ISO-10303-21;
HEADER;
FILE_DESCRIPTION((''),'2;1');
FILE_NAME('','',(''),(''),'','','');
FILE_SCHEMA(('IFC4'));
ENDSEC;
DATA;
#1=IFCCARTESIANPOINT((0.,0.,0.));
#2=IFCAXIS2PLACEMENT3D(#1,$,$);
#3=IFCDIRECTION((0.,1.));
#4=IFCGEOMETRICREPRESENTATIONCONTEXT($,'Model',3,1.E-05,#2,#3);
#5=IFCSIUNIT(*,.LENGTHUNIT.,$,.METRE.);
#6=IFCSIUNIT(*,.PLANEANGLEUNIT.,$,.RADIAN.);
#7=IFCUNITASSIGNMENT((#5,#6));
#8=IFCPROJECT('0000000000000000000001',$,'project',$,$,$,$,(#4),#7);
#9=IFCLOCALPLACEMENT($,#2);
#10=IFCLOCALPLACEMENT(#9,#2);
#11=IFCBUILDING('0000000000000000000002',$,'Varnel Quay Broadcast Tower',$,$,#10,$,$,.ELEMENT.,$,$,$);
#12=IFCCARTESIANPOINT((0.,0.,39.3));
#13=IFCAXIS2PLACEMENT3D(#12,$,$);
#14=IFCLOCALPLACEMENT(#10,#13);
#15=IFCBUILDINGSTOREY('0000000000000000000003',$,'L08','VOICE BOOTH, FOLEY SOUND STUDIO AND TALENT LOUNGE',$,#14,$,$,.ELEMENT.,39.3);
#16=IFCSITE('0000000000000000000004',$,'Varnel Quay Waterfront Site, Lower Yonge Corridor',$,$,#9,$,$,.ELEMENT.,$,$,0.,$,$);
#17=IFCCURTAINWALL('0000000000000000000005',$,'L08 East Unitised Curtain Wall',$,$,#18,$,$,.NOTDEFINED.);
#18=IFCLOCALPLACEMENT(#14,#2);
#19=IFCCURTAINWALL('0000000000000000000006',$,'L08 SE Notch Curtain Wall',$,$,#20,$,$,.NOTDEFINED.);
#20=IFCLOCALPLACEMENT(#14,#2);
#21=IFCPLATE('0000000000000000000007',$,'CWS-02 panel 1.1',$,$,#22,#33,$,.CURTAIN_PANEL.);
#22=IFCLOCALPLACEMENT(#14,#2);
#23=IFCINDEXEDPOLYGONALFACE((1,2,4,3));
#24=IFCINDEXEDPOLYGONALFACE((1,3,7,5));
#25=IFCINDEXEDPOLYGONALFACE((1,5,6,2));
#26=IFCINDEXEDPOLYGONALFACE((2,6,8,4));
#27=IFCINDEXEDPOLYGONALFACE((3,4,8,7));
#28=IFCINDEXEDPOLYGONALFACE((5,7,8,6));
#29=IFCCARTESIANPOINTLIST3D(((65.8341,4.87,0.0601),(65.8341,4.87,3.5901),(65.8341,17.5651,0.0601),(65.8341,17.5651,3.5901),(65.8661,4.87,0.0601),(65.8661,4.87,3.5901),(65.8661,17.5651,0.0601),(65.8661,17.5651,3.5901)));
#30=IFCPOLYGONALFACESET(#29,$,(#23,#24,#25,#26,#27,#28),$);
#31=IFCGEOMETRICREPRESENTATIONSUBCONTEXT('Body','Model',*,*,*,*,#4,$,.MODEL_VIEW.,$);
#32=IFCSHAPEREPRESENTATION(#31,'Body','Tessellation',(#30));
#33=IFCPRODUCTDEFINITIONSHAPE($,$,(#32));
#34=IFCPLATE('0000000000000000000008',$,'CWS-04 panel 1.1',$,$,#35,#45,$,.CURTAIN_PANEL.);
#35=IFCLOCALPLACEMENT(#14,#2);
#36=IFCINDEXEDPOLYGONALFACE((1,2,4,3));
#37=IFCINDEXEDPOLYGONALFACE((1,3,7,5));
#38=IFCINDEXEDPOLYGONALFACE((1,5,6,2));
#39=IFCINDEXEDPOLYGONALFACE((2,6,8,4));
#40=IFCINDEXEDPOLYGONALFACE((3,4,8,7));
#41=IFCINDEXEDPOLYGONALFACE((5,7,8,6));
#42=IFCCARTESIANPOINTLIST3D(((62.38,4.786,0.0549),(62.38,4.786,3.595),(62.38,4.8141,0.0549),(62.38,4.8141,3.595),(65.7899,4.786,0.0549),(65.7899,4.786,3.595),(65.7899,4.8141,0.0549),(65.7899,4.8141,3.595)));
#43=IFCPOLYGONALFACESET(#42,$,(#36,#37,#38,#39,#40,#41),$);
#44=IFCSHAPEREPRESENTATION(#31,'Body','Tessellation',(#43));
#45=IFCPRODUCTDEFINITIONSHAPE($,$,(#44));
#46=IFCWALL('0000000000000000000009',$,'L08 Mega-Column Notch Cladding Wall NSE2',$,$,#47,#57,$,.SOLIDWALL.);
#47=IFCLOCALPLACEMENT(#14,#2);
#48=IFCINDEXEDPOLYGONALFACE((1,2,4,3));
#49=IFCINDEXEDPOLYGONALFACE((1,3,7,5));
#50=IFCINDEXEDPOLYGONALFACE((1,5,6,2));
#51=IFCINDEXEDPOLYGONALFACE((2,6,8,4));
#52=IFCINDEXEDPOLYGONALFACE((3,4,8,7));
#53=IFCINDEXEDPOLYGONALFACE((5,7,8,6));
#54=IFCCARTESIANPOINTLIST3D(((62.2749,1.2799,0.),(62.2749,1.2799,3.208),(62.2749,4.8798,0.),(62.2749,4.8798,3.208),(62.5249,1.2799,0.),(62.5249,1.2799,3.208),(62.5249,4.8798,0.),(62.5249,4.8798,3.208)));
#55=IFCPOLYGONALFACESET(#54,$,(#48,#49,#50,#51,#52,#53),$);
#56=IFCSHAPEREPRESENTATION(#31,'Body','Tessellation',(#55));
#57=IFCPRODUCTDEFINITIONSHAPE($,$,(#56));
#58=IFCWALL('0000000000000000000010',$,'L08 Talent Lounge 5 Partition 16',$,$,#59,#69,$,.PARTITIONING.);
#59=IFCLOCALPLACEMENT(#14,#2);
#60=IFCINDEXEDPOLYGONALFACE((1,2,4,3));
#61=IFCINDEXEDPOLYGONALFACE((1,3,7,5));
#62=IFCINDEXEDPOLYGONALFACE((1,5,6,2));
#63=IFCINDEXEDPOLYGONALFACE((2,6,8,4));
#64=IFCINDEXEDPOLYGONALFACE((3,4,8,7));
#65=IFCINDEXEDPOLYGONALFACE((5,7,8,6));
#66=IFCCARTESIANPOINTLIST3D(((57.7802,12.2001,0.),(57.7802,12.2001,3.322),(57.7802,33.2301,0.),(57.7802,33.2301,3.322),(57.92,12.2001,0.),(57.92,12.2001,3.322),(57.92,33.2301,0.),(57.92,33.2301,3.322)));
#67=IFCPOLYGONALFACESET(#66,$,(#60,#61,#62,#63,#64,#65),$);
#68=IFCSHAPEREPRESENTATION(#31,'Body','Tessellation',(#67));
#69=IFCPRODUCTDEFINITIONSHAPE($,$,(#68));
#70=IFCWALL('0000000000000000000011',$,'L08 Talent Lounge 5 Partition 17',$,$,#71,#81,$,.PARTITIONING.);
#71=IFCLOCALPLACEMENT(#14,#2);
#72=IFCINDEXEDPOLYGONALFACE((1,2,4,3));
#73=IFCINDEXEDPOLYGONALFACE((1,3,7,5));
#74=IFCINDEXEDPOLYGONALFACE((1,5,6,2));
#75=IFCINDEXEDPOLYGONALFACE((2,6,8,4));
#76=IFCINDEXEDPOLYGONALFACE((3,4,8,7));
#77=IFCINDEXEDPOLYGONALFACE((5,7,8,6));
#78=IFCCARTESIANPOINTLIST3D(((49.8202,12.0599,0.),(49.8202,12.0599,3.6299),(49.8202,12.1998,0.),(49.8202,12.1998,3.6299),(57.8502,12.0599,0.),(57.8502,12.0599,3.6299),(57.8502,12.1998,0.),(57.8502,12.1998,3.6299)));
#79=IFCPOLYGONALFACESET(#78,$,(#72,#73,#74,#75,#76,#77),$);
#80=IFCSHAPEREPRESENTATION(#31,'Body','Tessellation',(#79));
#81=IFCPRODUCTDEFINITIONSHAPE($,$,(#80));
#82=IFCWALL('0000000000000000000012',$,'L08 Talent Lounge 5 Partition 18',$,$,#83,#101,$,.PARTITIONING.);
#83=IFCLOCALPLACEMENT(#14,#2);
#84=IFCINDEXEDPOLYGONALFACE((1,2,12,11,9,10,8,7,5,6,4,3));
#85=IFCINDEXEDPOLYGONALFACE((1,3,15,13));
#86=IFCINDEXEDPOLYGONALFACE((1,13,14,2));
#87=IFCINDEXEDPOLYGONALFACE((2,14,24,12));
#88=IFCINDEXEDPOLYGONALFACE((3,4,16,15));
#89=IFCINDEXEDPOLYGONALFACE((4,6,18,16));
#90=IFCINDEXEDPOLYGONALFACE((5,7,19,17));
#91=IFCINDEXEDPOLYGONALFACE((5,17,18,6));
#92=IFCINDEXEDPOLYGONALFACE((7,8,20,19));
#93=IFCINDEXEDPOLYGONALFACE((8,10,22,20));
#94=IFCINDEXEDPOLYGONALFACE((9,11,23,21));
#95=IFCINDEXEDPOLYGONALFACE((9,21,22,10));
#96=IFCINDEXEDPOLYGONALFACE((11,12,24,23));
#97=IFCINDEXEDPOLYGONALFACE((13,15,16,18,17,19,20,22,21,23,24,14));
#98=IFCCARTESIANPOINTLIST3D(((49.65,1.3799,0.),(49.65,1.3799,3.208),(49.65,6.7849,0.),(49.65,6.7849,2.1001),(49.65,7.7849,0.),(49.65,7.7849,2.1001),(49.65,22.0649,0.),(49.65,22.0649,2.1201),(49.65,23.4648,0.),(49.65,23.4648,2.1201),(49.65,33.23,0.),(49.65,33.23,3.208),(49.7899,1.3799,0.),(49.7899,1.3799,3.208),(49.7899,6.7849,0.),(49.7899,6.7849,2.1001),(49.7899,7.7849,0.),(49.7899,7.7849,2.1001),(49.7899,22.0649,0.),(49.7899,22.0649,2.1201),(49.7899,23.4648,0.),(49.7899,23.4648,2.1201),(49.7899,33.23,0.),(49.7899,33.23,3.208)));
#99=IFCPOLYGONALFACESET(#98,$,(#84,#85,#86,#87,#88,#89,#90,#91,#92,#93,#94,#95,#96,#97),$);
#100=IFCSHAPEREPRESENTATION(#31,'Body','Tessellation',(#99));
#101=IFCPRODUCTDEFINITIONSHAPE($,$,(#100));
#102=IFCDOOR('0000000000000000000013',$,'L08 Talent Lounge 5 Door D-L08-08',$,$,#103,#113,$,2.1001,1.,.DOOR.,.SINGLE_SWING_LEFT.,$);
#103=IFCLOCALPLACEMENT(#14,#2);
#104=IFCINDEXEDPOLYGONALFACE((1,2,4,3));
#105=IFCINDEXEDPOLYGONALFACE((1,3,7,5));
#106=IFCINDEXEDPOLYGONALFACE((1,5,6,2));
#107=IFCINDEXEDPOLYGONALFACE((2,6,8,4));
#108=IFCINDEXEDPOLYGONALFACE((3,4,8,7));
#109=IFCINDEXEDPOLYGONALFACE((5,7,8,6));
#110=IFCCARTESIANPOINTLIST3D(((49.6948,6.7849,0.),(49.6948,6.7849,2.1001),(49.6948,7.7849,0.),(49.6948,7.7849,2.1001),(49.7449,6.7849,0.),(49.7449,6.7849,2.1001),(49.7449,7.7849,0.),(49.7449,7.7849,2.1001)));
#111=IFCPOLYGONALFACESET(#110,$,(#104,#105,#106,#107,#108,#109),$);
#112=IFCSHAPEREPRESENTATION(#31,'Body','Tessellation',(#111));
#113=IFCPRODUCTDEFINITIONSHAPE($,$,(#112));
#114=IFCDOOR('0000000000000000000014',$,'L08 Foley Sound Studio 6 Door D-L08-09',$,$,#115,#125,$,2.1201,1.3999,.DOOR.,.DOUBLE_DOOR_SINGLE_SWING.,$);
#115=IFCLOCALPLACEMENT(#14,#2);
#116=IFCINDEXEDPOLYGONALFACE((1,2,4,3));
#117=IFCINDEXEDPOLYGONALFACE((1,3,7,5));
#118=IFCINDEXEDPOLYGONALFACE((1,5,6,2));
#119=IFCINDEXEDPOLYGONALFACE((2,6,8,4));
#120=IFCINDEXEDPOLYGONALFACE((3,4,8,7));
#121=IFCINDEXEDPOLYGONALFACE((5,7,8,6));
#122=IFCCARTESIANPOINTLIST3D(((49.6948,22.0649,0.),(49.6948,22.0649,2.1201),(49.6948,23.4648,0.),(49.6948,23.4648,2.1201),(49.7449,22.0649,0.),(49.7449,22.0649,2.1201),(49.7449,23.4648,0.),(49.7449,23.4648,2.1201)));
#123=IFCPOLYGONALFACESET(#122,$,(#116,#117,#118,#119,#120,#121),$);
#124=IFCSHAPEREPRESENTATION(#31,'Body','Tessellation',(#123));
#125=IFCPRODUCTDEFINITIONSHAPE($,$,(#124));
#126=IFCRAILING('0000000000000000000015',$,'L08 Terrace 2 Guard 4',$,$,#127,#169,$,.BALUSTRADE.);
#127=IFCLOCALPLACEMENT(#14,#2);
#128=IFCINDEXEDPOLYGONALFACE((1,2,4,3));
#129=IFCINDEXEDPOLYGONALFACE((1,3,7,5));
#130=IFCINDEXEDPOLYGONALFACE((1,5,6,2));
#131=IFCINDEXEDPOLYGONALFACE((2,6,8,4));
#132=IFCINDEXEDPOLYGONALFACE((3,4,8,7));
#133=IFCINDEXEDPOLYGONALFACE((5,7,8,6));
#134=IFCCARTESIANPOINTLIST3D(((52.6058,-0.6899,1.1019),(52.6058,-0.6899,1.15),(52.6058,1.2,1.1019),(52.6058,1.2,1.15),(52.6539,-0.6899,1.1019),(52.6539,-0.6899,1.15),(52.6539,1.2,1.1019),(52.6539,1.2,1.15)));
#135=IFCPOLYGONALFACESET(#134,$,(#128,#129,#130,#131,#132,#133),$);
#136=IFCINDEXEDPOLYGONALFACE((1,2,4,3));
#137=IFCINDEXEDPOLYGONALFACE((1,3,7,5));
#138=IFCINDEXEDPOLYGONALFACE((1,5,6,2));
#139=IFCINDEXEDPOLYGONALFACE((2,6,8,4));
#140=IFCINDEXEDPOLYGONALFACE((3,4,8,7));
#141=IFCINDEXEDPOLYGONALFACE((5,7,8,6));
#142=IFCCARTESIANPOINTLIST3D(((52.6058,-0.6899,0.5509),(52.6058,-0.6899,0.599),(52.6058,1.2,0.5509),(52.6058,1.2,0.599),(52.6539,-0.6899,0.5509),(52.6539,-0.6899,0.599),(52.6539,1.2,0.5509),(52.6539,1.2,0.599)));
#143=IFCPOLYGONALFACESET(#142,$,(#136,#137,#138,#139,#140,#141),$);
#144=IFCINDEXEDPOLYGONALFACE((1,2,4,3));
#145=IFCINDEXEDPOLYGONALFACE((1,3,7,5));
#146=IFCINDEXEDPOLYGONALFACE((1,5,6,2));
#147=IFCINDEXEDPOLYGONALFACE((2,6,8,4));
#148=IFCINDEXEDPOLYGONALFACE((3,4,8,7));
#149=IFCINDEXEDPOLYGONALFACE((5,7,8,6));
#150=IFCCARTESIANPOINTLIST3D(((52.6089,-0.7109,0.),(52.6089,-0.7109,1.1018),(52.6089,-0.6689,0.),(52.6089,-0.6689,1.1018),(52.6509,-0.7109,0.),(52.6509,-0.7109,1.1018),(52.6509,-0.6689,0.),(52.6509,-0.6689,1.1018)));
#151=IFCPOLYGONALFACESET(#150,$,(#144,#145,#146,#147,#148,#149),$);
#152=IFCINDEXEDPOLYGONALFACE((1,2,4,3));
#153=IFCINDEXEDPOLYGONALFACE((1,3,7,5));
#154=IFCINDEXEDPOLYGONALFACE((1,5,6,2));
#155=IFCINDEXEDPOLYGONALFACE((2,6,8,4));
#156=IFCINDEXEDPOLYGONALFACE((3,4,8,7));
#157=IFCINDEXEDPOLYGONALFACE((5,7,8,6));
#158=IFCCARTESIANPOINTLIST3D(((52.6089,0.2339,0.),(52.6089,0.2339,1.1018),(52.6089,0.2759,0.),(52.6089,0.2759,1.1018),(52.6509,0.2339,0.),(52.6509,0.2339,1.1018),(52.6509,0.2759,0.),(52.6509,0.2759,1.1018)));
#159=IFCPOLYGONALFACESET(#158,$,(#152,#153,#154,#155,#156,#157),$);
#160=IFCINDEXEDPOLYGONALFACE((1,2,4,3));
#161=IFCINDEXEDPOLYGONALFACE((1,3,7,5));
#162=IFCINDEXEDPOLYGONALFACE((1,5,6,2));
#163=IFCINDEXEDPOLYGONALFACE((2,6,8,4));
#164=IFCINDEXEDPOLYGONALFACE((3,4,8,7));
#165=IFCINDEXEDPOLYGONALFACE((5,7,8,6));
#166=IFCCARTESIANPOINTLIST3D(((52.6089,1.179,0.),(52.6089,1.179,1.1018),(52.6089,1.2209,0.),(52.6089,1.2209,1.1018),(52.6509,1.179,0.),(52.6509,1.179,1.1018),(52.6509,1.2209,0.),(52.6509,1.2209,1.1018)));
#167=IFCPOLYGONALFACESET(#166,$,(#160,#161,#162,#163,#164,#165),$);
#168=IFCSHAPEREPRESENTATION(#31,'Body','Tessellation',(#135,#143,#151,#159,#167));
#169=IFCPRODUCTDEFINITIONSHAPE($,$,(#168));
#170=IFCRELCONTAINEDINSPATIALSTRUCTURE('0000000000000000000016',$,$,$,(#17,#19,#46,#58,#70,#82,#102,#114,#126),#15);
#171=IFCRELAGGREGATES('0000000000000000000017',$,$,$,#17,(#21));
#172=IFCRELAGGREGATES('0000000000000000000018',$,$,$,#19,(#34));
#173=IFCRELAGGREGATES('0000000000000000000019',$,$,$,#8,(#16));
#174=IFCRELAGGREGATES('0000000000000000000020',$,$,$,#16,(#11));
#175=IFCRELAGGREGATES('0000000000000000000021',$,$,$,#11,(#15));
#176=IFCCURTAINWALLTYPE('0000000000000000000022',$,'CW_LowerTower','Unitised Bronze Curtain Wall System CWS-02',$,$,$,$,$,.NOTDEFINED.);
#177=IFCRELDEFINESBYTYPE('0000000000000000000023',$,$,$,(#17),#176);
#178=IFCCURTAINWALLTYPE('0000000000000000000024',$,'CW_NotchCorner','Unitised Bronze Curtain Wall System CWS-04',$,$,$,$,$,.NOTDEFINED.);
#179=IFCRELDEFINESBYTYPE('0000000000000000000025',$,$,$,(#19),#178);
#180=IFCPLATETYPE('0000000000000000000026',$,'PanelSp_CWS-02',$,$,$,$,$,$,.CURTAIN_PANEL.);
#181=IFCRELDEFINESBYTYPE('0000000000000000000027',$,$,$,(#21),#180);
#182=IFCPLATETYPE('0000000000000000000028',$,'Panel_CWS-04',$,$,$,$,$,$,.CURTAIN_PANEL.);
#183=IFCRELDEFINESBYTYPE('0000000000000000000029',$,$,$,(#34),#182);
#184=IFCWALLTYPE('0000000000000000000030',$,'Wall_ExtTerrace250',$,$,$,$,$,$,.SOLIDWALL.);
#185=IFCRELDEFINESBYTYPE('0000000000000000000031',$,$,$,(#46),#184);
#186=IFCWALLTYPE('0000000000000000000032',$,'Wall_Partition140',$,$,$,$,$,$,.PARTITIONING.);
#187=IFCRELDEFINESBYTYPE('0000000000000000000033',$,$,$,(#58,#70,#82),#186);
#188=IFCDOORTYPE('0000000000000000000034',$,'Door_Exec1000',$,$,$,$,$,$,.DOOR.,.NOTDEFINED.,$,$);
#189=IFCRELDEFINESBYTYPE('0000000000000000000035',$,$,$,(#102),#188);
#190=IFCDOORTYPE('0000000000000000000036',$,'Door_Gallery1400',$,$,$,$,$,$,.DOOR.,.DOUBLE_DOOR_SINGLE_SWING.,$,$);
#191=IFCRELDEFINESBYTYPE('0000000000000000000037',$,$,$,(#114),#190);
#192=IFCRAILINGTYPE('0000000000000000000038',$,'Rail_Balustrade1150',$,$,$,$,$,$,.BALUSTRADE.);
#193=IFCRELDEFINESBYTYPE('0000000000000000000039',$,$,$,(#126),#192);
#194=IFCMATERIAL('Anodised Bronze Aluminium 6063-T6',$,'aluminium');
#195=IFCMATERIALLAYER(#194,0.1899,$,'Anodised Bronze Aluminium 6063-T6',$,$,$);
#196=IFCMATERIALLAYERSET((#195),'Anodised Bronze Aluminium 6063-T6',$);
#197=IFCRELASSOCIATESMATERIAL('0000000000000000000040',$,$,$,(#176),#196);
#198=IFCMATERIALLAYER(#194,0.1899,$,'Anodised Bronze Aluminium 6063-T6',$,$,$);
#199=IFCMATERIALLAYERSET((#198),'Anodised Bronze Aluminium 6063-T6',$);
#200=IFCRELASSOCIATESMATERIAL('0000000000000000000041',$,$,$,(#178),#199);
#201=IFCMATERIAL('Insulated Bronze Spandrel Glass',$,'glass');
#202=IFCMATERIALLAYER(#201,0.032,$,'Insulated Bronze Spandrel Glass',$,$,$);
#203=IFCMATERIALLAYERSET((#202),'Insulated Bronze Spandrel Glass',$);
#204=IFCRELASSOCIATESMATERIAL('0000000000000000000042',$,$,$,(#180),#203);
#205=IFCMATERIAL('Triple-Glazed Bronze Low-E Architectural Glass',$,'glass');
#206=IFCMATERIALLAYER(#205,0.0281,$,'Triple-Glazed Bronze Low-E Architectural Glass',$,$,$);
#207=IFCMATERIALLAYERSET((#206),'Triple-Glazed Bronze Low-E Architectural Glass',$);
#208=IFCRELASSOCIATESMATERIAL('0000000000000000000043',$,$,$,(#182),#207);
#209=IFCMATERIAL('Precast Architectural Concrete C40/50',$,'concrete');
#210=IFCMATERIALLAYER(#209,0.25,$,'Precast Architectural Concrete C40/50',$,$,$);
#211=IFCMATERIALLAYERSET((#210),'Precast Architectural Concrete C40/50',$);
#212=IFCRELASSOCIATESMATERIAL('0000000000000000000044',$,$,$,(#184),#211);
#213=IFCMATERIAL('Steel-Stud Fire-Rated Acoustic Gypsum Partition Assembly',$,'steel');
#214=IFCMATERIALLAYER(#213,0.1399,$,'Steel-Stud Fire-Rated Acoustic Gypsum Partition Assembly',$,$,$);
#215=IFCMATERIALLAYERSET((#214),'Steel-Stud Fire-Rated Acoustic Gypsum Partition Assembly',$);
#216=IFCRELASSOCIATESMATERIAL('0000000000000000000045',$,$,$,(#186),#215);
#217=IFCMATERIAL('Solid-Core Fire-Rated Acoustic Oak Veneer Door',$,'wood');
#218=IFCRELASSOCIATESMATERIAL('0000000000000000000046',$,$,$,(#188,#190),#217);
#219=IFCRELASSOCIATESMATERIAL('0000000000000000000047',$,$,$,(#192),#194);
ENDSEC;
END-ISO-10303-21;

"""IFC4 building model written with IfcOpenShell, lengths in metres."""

from ifc_helpers import new_model, si_unit, direction, frame, frame_2d, origin, origin_2d, place, context, subcontext, project, spatial, rectangle, extrude, source, transform, mapped, material, layer, layer_set, type_object, type_shapes, element, fill, aggregate, save


model = new_model("IFC4")

# Units and contexts
model_context = context("Model", 3, precision=1e-05, world=origin(), true_north=direction((0.0, 1.0)))
body_context = subcontext(model_context, "Body", "Model", "MODEL_VIEW")
ifc_project = project(units=[si_unit("LENGTHUNIT", "METRE"), si_unit("PLANEANGLEUNIT", "RADIAN")], contexts=[model_context])

# Site, building, storey
site_placement = place(None, origin())
site = spatial("IfcSite", under=ifc_project, at=site_placement, Name="Varnel Quay Waterfront Site, Lower Yonge Corridor", CompositionType="ELEMENT", RefElevation=0.0)
building_placement = place(site_placement, origin())
building = spatial("IfcBuilding", under=site, at=building_placement, Name="Varnel Quay Broadcast Tower", CompositionType="ELEMENT")
storey_placement = place(building_placement, frame((0.0, 0.0, 39.3)))
storey = spatial("IfcBuildingStorey", under=building, at=storey_placement, Name="L08", Description="VOICE BOOTH, FOLEY SOUND STUDIO AND TALENT LOUNGE", CompositionType="ELEMENT", Elevation=39.3)

# Shared definitions
ifc_material_1 = material(Name="Anodised Bronze Aluminium 6063-T6", Category="aluminium")
ifc_layer_1 = layer(ifc_material_1, 0.1899, Name="Anodised Bronze Aluminium 6063-T6")
ifc_layer_set_1 = layer_set([ifc_layer_1], Name="Anodised Bronze Aluminium 6063-T6")
curtain_wall_type_1 = type_object("IfcCurtainWallType", Name="CW_LowerTower", Description="Unitised Bronze Curtain Wall System CWS-02", PredefinedType="NOTDEFINED", material=ifc_layer_set_1)

# Curtain wall
curtain_wall_1_placement = place(storey_placement, origin())
curtain_wall_1 = element("IfcCurtainWall", 1, at=curtain_wall_1_placement, inside=storey, type_object=curtain_wall_type_1, Name="L08 East Unitised Curtain Wall", PredefinedType="NOTDEFINED")

# Curtain wall
ifc_layer_2 = layer(ifc_material_1, 0.1899, Name="Anodised Bronze Aluminium 6063-T6")
ifc_layer_set_2 = layer_set([ifc_layer_2], Name="Anodised Bronze Aluminium 6063-T6")
curtain_wall_type_2 = type_object("IfcCurtainWallType", Name="CW_NotchCorner", Description="Unitised Bronze Curtain Wall System CWS-04", PredefinedType="NOTDEFINED", material=ifc_layer_set_2)
curtain_wall_2_placement = place(storey_placement, origin())
curtain_wall_2 = element("IfcCurtainWall", 2, at=curtain_wall_2_placement, inside=storey, type_object=curtain_wall_type_2, Name="L08 SE Notch Curtain Wall", PredefinedType="NOTDEFINED")

# Plates
ifc_material_2 = material(Name="Triple-Glazed Bronze Low-E Architectural Glass", Category="glass")
ifc_material_3 = material(Name="Insulated Bronze Spandrel Glass", Category="glass")
ifc_layer_3 = layer(ifc_material_3, 0.032, Name="Insulated Bronze Spandrel Glass")
ifc_layer_set_3 = layer_set([ifc_layer_3], Name="Insulated Bronze Spandrel Glass")
plate_type_1 = type_object("IfcPlateType", Name="PanelSp_CWS-02", PredefinedType="CURTAIN_PANEL", material=ifc_layer_set_3)
shared_shape_1 = source(origin(), body_context, "Body", "SweptSolid", [
    extrude(rectangle(XDim=12.6951, YDim=0.032, at=origin_2d()), origin(), (0.0, 0.0, 1.0), 3.53),
])
type_shapes(plate_type_1, [shared_shape_1])
plate_1_placement = place(storey_placement, frame((65.8501, 11.2175, 0.0601), z_axis=(0.0, 0.0, 1.0), x_axis=(0.0, 1.0, 0.0)))
plate_1 = element("IfcPlate", 3, at=plate_1_placement, type_object=plate_type_1, Name="CWS-02 panel 1.1", PredefinedType="CURTAIN_PANEL", context=body_context, shape_type="MappedRepresentation", body=[
    mapped(shared_shape_1, transform((0.0, 0.0, 0.0), x_axis=(1.0, 0.0, 0.0), y_axis=(0.0, 1.0, 0.0), z_axis=(0.0, 0.0, 1.0), scale=1.0)),
])
aggregate(curtain_wall_1, [plate_1])
ifc_layer_4 = layer(ifc_material_2, 0.0281, Name="Triple-Glazed Bronze Low-E Architectural Glass")
ifc_layer_set_4 = layer_set([ifc_layer_4], Name="Triple-Glazed Bronze Low-E Architectural Glass")
plate_type_2 = type_object("IfcPlateType", Name="Panel_CWS-04", PredefinedType="CURTAIN_PANEL", material=ifc_layer_set_4)
shared_shape_2 = source(origin(), body_context, "Body", "SweptSolid", [
    extrude(rectangle(XDim=3.4099, YDim=0.0281, at=origin_2d()), origin(), (0.0, 0.0, 1.0), 3.54),
])
type_shapes(plate_type_2, [shared_shape_2])
plate_2_placement = place(storey_placement, frame((64.085, 4.8, 0.0549), z_axis=(0.0, 0.0, 1.0), x_axis=(1.0, 0.0, 0.0)))
plate_2 = element("IfcPlate", 4, at=plate_2_placement, type_object=plate_type_2, Name="CWS-04 panel 1.1", PredefinedType="CURTAIN_PANEL", context=body_context, shape_type="MappedRepresentation", body=[
    mapped(shared_shape_2, transform((0.0, 0.0, 0.0), x_axis=(1.0, 0.0, 0.0), y_axis=(0.0, 1.0, 0.0), z_axis=(0.0, 0.0, 1.0), scale=1.0)),
])
aggregate(curtain_wall_2, [plate_2])

# Walls
ifc_material_4 = material(Name="Precast Architectural Concrete C40/50", Category="concrete")
ifc_layer_5 = layer(ifc_material_4, 0.25, Name="Precast Architectural Concrete C40/50")
ifc_layer_set_5 = layer_set([ifc_layer_5], Name="Precast Architectural Concrete C40/50")
wall_type_1 = type_object("IfcWallType", Name="Wall_ExtTerrace250", PredefinedType="SOLIDWALL", material=ifc_layer_set_5)
wall_1_placement = place(storey_placement, frame((62.3999, 1.28, 0.0), z_axis=(0.0, 0.0, 1.0), x_axis=(0.0, 1.0, 0.0)))
element("IfcWall", 5, at=wall_1_placement, inside=storey, type_object=wall_type_1, Name="L08 Mega-Column Notch Cladding Wall NSE2", PredefinedType="SOLIDWALL", context=body_context, shape_type="SweptSolid", body=[
    extrude(rectangle(XDim=3.5999, YDim=0.25, at=frame_2d((1.7998, 0.0))), origin(), (0.0, 0.0, 1.0), 3.208),
])
ifc_material_5 = material(Name="Steel-Stud Fire-Rated Acoustic Gypsum Partition Assembly", Category="steel")
ifc_layer_6 = layer(ifc_material_5, 0.1399, Name="Steel-Stud Fire-Rated Acoustic Gypsum Partition Assembly")
ifc_layer_set_6 = layer_set([ifc_layer_6], Name="Steel-Stud Fire-Rated Acoustic Gypsum Partition Assembly")
wall_type_2 = type_object("IfcWallType", Name="Wall_Partition140", PredefinedType="PARTITIONING", material=ifc_layer_set_6)
wall_2_placement = place(storey_placement, frame((57.8501, 12.2, 0.0), z_axis=(0.0, 0.0, 1.0), x_axis=(0.0, 1.0, 0.0)))
element("IfcWall", 6, at=wall_2_placement, inside=storey, type_object=wall_type_2, Name="L08 Talent Lounge 5 Partition 16", PredefinedType="PARTITIONING", context=body_context, shape_type="SweptSolid", body=[
    extrude(rectangle(XDim=21.03, YDim=0.1399, at=frame_2d((10.5151, 0.0))), origin(), (0.0, 0.0, 1.0), 3.322),
])
wall_3_placement = place(storey_placement, frame((49.8201, 12.1299, 0.0), z_axis=(0.0, 0.0, 1.0), x_axis=(1.0, 0.0, 0.0)))
element("IfcWall", 7, at=wall_3_placement, inside=storey, type_object=wall_type_2, Name="L08 Talent Lounge 5 Partition 17", PredefinedType="PARTITIONING", context=body_context, shape_type="SweptSolid", body=[
    extrude(rectangle(XDim=8.03, YDim=0.1399, at=frame_2d((4.0151, 0.0))), origin(), (0.0, 0.0, 1.0), 3.6299),
])

# Wall, openings, doors
wall_4_placement = place(storey_placement, frame((49.72, 1.3799, 0.0), z_axis=(0.0, 0.0, 1.0), x_axis=(0.0, 1.0, 0.0)))
wall_4 = element("IfcWall", 8, at=wall_4_placement, inside=storey, type_object=wall_type_2, Name="L08 Talent Lounge 5 Partition 18", PredefinedType="PARTITIONING", context=body_context, shape_type="SweptSolid", body=[
    extrude(rectangle(XDim=31.8501, YDim=0.1399, at=frame_2d((15.925, 0.0))), origin(), (0.0, 0.0, 1.0), 3.208),
])
opening_1_placement = place(wall_4_placement, frame((5.405, 0.0, 0.0)))
opening_1 = element("IfcOpeningElement", 9, at=opening_1_placement, cuts=wall_4, PredefinedType="OPENING", context=body_context, shape_type="SweptSolid", body=[
    extrude(rectangle(XDim=1.0, YDim=2.1001, at=frame_2d((0.5, 1.05))), frame((0.0, 0.0801, 0.0), z_axis=(0.0, -1.0, 0.0), x_axis=(1.0, 0.0, 0.0)), (0.0, 0.0, 1.0), 0.1599),
])
opening_2_placement = place(wall_4_placement, frame((20.6851, 0.0, 0.0)))
opening_2 = element("IfcOpeningElement", 10, at=opening_2_placement, cuts=wall_4, PredefinedType="OPENING", context=body_context, shape_type="SweptSolid", body=[
    extrude(rectangle(XDim=1.3999, YDim=2.1201, at=frame_2d((0.7, 1.0601))), frame((0.0, 0.0801, 0.0), z_axis=(0.0, -1.0, 0.0), x_axis=(1.0, 0.0, 0.0)), (0.0, 0.0, 1.0), 0.1599),
])
ifc_material_6 = material(Name="Solid-Core Fire-Rated Acoustic Oak Veneer Door", Category="wood")
door_type_1 = type_object("IfcDoorType", Name="Door_Exec1000", OperationType="NOTDEFINED", PredefinedType="DOOR", material=ifc_material_6)
shared_shape_3 = source(origin(), body_context, "Body", "SweptSolid", [
    extrude(rectangle(XDim=1.0, YDim=2.1001, at=frame_2d((0.5, 1.05))), frame((0.0, 0.0249, 0.0), z_axis=(0.0, -1.0, 0.0), x_axis=(1.0, 0.0, 0.0)), (0.0, 0.0, 1.0), 0.05),
])
type_shapes(door_type_1, [shared_shape_3])
door_1_placement = place(opening_1_placement, frame((1.0, 0.0, 0.0), z_axis=(0.0, 0.0, 1.0), x_axis=(-1.0, 0.0, 0.0)))
door_1 = element("IfcDoor", 11, at=door_1_placement, inside=storey, type_object=door_type_1, Name="L08 Talent Lounge 5 Door D-L08-08", OperationType="SINGLE_SWING_LEFT", OverallHeight=2.1001, OverallWidth=1.0, PredefinedType="DOOR", context=body_context, shape_type="MappedRepresentation", body=[
    mapped(shared_shape_3, transform((0.0, 0.0, 0.0), x_axis=(1.0, 0.0, 0.0), y_axis=(0.0, 1.0, 0.0), z_axis=(0.0, 0.0, 1.0), scale=1.0)),
])
fill(opening_1, door_1)
door_type_2 = type_object("IfcDoorType", Name="Door_Gallery1400", OperationType="DOUBLE_DOOR_SINGLE_SWING", PredefinedType="DOOR", material=ifc_material_6)
shared_shape_4 = source(origin(), body_context, "Body", "SweptSolid", [
    extrude(rectangle(XDim=1.3999, YDim=2.1201, at=frame_2d((0.7, 1.0601))), frame((0.0, 0.0249, 0.0), z_axis=(0.0, -1.0, 0.0), x_axis=(1.0, 0.0, 0.0)), (0.0, 0.0, 1.0), 0.05),
])
type_shapes(door_type_2, [shared_shape_4])
door_2_placement = place(opening_2_placement, frame((1.3999, 0.0, 0.0), z_axis=(0.0, 0.0, 1.0), x_axis=(-1.0, 0.0, 0.0)))
door_2 = element("IfcDoor", 12, at=door_2_placement, inside=storey, type_object=door_type_2, Name="L08 Foley Sound Studio 6 Door D-L08-09", OperationType="DOUBLE_DOOR_SINGLE_SWING", OverallHeight=2.1201, OverallWidth=1.3999, PredefinedType="DOOR", context=body_context, shape_type="MappedRepresentation", body=[
    mapped(shared_shape_4, transform((0.0, 0.0, 0.0), x_axis=(1.0, 0.0, 0.0), y_axis=(0.0, 1.0, 0.0), z_axis=(0.0, 0.0, 1.0), scale=1.0)),
])
fill(opening_2, door_2)

# Railing
railing_type = type_object("IfcRailingType", Name="Rail_Balustrade1150", PredefinedType="BALUSTRADE", material=ifc_material_1)
railing_placement = place(storey_placement, frame((52.6299, -0.6899, 0.0)))
element("IfcRailing", 13, at=railing_placement, inside=storey, type_object=railing_type, Name="L08 Terrace 2 Guard 4", PredefinedType="BALUSTRADE", context=body_context, shape_type="SweptSolid", body=[
    extrude(rectangle(XDim=0.0481, YDim=0.0481, at=origin_2d()), frame((0.0, 0.0, 1.126), z_axis=(0.0, 1.0, 0.0), x_axis=(-1.0, 0.0, 0.0)), (0.0, 0.0, 1.0), 1.8899),
    extrude(rectangle(XDim=0.0481, YDim=0.0481, at=origin_2d()), frame((0.0, 0.0, 0.575), z_axis=(0.0, 1.0, 0.0), x_axis=(-1.0, 0.0, 0.0)), (0.0, 0.0, 1.0), 1.8899),
    extrude(rectangle(XDim=0.042, YDim=0.042, at=origin_2d()), origin(), (0.0, 0.0, 1.0), 1.1018),
    extrude(rectangle(XDim=0.042, YDim=0.042, at=origin_2d()), frame((0.0, 0.9448, 0.0)), (0.0, 0.0, 1.0), 1.1018),
    extrude(rectangle(XDim=0.042, YDim=0.042, at=origin_2d()), frame((0.0, 1.8899, 0.0)), (0.0, 0.0, 1.0), 1.1018),
])

save(model, "model.ifc")
